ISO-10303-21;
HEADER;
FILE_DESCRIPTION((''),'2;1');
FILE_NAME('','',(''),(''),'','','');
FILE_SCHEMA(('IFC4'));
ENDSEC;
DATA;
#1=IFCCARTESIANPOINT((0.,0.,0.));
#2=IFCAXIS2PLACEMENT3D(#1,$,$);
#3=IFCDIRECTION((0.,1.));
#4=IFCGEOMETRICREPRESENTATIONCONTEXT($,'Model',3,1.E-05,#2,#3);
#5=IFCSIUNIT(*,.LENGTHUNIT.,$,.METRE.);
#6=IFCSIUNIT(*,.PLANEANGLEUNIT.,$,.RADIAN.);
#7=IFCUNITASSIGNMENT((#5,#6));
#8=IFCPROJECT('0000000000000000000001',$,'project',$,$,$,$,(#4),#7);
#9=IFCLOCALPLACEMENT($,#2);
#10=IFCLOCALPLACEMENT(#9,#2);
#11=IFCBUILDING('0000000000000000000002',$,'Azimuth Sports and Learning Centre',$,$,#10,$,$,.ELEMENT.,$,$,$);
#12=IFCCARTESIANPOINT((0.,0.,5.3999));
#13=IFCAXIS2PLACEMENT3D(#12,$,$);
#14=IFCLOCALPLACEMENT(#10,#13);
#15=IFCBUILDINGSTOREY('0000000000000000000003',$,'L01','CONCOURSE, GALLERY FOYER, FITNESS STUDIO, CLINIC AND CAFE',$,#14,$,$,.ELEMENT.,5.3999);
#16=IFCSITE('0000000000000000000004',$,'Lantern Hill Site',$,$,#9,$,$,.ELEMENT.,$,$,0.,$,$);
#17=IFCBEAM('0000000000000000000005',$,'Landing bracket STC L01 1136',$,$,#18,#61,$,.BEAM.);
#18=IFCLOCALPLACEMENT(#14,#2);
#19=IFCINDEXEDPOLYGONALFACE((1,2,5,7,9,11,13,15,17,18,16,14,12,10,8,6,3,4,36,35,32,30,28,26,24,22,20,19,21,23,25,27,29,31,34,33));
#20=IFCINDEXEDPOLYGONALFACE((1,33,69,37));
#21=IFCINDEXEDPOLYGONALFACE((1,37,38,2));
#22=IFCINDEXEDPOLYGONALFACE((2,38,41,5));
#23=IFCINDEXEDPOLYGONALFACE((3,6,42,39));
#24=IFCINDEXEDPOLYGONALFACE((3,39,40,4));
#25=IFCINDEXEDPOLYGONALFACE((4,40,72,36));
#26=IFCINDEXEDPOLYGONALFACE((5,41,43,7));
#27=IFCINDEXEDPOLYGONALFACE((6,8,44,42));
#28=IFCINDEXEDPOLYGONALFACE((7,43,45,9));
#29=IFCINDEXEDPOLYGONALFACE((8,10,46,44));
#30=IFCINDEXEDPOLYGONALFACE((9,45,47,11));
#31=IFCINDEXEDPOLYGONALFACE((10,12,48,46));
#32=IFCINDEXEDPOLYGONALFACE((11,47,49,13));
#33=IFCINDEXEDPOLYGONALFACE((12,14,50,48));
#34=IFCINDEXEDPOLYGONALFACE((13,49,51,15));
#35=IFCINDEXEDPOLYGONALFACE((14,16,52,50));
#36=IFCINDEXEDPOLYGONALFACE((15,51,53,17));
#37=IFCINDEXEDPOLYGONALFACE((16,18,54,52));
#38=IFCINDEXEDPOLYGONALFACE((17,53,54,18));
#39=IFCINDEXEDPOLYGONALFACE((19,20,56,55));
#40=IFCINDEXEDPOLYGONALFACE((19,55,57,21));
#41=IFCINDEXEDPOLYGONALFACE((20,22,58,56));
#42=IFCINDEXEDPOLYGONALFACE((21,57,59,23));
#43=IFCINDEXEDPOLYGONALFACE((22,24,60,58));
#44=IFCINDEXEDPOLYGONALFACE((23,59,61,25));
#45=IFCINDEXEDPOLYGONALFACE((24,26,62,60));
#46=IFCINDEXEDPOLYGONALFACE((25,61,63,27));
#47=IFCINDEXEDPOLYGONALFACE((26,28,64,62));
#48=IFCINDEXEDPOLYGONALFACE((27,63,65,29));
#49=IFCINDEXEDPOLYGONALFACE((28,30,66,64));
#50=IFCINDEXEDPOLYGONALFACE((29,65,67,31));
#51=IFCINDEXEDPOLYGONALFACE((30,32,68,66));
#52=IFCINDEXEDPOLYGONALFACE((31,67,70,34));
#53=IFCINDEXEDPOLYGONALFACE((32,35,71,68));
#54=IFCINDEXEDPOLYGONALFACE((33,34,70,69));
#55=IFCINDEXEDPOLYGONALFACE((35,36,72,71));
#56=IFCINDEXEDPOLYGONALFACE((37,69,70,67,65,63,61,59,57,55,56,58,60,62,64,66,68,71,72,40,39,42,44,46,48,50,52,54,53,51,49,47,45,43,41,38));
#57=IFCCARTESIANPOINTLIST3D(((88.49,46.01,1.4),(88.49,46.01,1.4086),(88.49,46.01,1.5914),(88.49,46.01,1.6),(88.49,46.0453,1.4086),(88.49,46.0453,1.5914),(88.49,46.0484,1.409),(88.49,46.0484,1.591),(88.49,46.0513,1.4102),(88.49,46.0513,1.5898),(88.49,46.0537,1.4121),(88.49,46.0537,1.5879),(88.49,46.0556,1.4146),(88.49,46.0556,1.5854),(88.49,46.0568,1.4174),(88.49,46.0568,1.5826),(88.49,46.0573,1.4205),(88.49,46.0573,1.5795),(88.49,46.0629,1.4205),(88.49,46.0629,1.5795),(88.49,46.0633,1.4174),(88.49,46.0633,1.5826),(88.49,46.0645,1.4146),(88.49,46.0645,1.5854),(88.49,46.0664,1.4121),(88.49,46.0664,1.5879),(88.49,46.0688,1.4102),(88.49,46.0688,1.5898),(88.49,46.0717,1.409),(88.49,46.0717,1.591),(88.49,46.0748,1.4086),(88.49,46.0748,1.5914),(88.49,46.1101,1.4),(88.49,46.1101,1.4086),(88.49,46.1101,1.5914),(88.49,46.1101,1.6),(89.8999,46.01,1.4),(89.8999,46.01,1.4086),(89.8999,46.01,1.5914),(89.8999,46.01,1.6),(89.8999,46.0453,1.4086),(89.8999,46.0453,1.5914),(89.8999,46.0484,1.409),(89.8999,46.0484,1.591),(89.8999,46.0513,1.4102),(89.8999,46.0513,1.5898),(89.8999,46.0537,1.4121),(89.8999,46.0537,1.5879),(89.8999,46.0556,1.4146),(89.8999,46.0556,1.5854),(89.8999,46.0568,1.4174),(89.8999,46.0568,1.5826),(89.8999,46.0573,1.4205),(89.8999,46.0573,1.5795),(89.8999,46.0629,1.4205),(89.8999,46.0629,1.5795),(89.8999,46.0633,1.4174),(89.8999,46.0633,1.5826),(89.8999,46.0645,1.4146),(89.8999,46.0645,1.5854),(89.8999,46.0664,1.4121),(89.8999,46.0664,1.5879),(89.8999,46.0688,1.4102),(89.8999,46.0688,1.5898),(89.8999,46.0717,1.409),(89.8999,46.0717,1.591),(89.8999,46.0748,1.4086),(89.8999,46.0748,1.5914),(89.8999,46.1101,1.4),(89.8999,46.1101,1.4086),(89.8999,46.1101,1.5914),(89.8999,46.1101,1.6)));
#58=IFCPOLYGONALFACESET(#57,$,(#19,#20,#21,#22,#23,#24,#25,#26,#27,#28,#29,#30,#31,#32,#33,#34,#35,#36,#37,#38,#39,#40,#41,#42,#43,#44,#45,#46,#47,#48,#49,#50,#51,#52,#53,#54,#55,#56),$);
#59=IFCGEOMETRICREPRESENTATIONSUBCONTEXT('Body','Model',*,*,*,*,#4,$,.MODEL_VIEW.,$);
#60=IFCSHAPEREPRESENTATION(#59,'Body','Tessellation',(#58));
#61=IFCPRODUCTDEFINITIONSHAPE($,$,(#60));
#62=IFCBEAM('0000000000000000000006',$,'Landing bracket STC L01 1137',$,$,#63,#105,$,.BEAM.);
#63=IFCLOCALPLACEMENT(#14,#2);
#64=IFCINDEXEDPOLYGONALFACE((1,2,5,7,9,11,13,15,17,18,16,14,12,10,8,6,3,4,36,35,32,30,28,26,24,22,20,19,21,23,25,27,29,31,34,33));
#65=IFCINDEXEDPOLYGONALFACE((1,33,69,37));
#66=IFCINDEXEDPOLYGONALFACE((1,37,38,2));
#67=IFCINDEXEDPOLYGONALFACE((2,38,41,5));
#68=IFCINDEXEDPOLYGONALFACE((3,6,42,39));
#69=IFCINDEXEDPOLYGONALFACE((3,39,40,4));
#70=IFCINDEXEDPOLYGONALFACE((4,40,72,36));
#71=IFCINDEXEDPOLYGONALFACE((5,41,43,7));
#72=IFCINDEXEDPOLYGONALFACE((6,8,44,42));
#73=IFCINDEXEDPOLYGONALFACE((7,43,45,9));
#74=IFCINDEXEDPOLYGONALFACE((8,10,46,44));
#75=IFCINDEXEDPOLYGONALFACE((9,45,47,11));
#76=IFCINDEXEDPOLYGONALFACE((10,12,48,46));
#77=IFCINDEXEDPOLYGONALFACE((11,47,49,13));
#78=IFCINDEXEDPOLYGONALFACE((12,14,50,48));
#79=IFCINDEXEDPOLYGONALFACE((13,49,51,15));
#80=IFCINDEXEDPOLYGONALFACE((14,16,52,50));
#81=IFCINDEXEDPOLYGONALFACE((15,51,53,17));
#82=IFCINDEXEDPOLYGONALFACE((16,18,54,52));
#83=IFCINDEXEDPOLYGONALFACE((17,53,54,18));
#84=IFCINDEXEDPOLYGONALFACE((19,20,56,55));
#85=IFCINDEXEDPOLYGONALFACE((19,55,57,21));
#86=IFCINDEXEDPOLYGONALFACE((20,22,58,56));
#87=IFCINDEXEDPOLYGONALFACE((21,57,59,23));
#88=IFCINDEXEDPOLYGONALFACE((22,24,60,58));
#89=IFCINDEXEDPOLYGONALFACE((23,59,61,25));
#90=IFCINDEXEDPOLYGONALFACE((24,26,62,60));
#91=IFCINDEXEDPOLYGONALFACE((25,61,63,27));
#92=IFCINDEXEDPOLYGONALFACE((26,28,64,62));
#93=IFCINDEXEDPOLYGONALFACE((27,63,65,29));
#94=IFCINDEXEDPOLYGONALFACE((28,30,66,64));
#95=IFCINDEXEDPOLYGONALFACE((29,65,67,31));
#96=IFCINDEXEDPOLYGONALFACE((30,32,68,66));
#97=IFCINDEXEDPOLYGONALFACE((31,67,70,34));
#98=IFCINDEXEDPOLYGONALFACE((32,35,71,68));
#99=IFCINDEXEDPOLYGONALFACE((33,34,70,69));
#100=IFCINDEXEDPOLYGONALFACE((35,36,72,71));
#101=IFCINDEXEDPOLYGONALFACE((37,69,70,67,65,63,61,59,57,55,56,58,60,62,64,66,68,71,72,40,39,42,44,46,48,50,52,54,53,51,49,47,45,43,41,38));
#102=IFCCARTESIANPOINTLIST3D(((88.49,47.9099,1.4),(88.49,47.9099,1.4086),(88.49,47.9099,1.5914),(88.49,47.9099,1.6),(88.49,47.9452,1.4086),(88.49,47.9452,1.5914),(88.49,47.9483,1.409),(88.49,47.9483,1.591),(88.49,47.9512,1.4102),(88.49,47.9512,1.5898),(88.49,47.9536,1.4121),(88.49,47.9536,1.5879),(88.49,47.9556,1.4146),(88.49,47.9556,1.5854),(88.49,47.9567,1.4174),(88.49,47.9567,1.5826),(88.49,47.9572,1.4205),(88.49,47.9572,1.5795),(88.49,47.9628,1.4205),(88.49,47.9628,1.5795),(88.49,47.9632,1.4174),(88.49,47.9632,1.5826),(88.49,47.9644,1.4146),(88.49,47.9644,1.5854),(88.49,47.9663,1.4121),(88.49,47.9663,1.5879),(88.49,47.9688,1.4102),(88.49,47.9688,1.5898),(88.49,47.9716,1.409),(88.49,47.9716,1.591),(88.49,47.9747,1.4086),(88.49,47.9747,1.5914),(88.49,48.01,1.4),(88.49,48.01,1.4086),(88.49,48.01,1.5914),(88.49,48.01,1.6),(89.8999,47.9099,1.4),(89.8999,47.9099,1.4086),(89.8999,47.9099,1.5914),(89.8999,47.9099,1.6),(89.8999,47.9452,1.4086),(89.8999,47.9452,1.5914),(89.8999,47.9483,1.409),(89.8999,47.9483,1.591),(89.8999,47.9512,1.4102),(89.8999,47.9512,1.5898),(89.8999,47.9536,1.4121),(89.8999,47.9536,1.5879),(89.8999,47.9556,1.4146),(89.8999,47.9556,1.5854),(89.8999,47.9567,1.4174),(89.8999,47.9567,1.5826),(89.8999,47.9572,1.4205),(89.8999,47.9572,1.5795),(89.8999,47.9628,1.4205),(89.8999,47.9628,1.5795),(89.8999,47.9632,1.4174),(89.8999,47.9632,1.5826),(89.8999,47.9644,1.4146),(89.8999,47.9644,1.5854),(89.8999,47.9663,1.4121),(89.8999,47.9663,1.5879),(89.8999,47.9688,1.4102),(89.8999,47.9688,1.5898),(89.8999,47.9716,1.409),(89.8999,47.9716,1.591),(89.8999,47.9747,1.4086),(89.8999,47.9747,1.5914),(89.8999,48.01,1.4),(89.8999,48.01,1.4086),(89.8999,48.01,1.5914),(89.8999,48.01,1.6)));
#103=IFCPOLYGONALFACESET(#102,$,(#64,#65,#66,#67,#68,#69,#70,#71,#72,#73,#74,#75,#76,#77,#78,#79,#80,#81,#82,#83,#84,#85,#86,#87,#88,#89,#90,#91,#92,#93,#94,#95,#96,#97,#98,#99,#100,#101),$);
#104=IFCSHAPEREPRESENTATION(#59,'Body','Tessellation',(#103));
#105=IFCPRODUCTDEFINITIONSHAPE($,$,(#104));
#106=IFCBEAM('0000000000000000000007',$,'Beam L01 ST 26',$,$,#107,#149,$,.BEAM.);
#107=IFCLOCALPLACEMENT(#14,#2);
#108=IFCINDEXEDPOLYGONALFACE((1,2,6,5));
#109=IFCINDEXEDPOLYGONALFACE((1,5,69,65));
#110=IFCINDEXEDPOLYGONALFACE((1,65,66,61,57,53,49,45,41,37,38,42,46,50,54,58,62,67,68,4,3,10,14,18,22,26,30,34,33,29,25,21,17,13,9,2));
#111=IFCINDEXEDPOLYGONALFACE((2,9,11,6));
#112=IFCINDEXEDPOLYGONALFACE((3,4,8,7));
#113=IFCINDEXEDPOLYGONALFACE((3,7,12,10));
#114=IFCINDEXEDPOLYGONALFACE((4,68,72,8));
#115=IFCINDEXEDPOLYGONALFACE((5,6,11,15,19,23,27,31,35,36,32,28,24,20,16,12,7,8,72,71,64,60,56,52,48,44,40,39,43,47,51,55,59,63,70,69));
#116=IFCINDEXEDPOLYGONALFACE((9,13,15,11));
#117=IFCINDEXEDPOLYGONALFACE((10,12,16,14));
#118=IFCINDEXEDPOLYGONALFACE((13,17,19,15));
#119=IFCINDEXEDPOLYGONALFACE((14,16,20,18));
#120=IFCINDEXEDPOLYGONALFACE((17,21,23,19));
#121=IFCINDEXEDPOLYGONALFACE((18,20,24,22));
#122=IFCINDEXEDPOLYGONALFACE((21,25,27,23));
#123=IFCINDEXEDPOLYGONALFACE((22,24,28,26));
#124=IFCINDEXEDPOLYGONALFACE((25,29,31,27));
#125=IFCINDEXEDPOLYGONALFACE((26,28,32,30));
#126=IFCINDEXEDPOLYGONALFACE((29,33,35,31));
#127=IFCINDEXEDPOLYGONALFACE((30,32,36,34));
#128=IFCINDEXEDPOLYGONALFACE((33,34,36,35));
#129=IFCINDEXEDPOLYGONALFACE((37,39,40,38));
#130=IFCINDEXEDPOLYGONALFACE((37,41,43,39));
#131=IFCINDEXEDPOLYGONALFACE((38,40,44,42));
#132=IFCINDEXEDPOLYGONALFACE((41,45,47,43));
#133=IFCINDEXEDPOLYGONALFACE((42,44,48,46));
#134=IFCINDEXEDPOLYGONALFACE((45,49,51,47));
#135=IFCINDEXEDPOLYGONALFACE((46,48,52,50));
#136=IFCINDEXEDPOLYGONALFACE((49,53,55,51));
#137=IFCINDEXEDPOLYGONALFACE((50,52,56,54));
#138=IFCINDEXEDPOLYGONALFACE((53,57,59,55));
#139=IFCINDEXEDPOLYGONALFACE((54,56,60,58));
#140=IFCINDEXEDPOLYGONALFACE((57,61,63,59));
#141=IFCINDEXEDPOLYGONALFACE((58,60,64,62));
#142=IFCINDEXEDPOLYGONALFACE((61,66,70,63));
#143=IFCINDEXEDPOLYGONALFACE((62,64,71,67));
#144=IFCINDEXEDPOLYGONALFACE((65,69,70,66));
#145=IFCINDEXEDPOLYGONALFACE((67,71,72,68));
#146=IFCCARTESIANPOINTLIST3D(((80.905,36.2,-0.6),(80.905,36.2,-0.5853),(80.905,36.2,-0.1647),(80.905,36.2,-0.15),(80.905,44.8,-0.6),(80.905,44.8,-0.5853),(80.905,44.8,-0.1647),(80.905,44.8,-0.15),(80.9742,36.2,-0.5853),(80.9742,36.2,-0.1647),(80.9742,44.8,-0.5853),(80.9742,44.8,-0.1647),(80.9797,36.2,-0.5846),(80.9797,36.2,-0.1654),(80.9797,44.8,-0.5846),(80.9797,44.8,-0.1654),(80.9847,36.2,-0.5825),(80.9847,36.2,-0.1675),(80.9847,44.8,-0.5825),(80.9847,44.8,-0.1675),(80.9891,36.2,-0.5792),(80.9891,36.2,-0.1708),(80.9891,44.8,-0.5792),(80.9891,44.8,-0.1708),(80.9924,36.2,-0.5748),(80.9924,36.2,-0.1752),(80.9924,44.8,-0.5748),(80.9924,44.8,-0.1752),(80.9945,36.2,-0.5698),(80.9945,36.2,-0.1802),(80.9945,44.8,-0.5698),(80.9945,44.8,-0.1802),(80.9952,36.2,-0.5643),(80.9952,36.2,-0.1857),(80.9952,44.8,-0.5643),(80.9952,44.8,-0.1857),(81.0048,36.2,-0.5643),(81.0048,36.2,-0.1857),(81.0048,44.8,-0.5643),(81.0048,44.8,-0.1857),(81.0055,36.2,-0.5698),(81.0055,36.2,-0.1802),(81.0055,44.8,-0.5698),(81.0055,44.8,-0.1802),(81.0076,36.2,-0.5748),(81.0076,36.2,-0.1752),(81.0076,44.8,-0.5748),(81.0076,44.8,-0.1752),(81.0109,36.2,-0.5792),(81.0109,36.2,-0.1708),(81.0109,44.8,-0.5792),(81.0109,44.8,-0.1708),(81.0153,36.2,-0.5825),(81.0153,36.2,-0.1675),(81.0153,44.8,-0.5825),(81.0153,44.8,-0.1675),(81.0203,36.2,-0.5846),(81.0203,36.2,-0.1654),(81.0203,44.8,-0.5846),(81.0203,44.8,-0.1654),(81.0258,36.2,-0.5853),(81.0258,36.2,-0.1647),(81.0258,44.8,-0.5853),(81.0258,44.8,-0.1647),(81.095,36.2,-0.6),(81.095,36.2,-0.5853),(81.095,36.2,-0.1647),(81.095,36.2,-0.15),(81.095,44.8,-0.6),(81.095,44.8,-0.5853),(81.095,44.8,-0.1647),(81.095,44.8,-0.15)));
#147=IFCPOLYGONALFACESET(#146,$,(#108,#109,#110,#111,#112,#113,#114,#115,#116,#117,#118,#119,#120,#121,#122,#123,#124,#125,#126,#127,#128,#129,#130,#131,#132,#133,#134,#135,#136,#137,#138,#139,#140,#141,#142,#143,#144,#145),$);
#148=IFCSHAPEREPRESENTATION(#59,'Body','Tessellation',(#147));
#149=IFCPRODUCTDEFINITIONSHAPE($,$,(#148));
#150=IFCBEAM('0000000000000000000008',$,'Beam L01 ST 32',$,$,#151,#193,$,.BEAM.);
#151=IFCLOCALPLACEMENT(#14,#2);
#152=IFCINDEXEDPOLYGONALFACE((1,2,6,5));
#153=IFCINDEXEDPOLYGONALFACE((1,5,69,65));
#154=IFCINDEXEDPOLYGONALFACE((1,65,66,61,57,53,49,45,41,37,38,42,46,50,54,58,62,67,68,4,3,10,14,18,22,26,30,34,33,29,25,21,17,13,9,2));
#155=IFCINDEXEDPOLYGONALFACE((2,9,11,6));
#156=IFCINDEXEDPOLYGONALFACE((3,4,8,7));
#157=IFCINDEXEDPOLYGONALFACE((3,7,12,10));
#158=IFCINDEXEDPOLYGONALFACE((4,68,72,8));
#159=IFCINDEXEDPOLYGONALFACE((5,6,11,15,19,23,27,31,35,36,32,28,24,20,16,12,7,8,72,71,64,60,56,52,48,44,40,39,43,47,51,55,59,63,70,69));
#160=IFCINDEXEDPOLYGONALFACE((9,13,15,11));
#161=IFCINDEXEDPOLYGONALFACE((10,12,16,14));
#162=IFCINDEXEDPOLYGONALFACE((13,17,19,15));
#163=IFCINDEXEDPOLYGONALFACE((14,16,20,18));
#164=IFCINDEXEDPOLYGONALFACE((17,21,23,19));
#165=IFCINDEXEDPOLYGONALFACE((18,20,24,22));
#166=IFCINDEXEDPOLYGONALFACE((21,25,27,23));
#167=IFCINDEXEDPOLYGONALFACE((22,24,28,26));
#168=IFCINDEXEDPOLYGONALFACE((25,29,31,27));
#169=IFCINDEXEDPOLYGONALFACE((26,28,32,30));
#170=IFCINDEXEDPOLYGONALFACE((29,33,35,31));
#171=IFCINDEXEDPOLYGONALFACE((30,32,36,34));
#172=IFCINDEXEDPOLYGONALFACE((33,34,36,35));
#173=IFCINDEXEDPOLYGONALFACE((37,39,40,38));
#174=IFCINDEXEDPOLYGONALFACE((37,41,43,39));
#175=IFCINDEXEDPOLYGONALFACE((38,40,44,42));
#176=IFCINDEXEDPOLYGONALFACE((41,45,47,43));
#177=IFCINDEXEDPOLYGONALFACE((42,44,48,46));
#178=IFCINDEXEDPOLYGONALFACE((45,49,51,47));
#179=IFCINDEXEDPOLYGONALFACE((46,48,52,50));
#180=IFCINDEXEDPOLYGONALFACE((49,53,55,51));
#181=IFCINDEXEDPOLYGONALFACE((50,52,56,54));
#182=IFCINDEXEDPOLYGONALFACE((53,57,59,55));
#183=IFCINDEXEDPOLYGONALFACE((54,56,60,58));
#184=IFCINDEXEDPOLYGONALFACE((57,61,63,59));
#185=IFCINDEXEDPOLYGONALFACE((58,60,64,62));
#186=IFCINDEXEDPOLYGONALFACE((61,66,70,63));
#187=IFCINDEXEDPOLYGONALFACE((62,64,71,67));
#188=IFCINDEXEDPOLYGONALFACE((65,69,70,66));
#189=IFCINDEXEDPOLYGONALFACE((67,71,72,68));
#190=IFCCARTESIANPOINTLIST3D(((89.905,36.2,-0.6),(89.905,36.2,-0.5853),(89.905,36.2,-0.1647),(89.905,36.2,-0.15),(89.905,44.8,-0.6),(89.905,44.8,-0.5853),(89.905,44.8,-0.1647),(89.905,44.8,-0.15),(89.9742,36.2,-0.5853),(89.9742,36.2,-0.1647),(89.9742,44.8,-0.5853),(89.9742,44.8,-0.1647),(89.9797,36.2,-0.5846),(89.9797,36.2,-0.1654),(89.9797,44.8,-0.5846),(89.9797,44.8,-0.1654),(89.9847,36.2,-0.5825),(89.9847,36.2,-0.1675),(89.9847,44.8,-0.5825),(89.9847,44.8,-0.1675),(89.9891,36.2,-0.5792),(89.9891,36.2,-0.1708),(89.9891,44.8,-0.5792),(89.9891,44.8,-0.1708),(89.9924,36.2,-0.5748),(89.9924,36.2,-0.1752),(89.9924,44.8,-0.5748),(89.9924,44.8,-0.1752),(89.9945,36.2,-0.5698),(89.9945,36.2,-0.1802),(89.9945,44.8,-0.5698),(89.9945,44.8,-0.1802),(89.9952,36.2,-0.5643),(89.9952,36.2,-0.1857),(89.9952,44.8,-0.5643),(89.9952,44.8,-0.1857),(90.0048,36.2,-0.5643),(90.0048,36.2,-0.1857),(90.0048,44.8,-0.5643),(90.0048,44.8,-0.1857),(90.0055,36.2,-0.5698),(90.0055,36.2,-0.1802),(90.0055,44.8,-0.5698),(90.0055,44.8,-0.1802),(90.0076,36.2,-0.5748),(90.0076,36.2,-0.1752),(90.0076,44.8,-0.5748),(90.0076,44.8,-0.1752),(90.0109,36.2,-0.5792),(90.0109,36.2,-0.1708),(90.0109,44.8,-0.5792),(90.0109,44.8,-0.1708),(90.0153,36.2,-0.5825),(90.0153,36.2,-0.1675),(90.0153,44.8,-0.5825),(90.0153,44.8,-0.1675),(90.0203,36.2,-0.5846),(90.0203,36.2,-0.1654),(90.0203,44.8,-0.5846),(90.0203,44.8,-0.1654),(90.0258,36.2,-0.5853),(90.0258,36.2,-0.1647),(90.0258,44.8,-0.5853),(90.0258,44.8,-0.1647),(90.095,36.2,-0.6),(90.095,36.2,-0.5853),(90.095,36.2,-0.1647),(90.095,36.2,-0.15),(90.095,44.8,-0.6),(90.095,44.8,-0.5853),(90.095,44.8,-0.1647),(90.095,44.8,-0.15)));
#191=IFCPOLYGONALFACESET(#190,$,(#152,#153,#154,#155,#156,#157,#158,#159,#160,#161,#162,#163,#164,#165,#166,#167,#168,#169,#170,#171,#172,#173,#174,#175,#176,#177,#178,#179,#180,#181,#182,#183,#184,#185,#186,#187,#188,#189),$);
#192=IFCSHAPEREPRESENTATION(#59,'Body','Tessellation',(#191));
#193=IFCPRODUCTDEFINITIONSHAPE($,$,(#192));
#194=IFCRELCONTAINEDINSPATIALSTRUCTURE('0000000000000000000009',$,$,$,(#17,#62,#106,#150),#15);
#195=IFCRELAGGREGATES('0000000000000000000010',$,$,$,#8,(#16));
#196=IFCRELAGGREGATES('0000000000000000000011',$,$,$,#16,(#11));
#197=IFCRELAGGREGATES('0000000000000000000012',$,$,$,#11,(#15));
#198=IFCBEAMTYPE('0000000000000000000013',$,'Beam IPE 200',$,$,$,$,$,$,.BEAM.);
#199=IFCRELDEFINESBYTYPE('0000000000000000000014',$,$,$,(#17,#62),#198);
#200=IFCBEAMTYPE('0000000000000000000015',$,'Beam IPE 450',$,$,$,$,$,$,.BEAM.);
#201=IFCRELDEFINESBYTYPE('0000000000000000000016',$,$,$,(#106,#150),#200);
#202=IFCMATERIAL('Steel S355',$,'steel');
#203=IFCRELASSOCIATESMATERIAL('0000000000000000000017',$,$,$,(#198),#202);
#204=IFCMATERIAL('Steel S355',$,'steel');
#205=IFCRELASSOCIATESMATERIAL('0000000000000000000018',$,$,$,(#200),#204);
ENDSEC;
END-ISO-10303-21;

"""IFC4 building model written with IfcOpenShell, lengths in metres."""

from ifc_helpers import new_model, si_unit, direction, frame, origin, origin_2d, place, context, subcontext, project, spatial, i_section, extrude, material, material_profile, profile_set, type_object, element, save


model = new_model("IFC4")

# Units and contexts
model_context = context("Model", 3, precision=1e-05, world=origin(), true_north=direction((0.0, 1.0)))
body_context = subcontext(model_context, "Body", "Model", "MODEL_VIEW")
ifc_project = project(units=[si_unit("LENGTHUNIT", "METRE"), si_unit("PLANEANGLEUNIT", "RADIAN")], contexts=[model_context])

# Site, building, storey
site_placement = place(None, origin())
site = spatial("IfcSite", under=ifc_project, at=site_placement, Name="Lantern Hill Site", CompositionType="ELEMENT", RefElevation=0.0)
building_placement = place(site_placement, origin())
building = spatial("IfcBuilding", under=site, at=building_placement, Name="Azimuth Sports and Learning Centre", CompositionType="ELEMENT")
storey_placement = place(building_placement, frame((0.0, 0.0, 5.3999)))
storey = spatial("IfcBuildingStorey", under=building, at=storey_placement, Name="L01", Description="CONCOURSE, GALLERY FOYER, FITNESS STUDIO, CLINIC AND CAFE", CompositionType="ELEMENT", Elevation=5.3999)

# Beams
ifc_material_1 = material(Name="Steel S355", Category="steel")
ifc_material_profile_1 = material_profile(ifc_material_1, i_section(OverallWidth=0.1001, OverallDepth=0.2, WebThickness=0.0056, FlangeThickness=0.0085, FilletRadius=0.012, at=origin_2d()), Name="IPE 200")
ifc_profile_set_1 = profile_set([ifc_material_profile_1], Name="Steel S355")
beam_type_1 = type_object("IfcBeamType", Name="Beam IPE 200", PredefinedType="BEAM", material=ifc_profile_set_1)
for number, where, z_axis, x_axis, name in (
    (1, (89.8999, 46.0601, 1.5), (-1.0, 0.0, 0.0), (0.0, -1.0, 0.0), "Landing bracket STC L01 1136"),
    (2, (89.8999, 47.96, 1.5), (-1.0, 0.0, 0.0), (0.0, -1.0, 0.0), "Landing bracket STC L01 1137"),
):
    element("IfcBeam", number, at=place(storey_placement, frame(where, z_axis=z_axis, x_axis=x_axis)), inside=storey, type_object=beam_type_1, Name=name, PredefinedType="BEAM", context=body_context, shape_type="SweptSolid", body=[
        extrude(i_section(OverallWidth=0.1001, OverallDepth=0.2, WebThickness=0.0056, FlangeThickness=0.0085, FilletRadius=0.012, at=origin_2d()), origin(), (0.0, 0.0, 1.0), 1.4099),
    ])
ifc_material_2 = material(Name="Steel S355", Category="steel")
ifc_material_profile_2 = material_profile(ifc_material_2, i_section(OverallWidth=0.1899, OverallDepth=0.45, WebThickness=0.0095, FlangeThickness=0.0146, FilletRadius=0.021, at=origin_2d()), Name="IPE 450")
ifc_profile_set_2 = profile_set([ifc_material_profile_2], Name="Steel S355")
beam_type_2 = type_object("IfcBeamType", Name="Beam IPE 450", PredefinedType="BEAM", material=ifc_profile_set_2)
for number, where, z_axis, x_axis, name in (
    (3, (81.0, 36.2, -0.375), (0.0, 1.0, 0.0), (-1.0, 0.0, 0.0), "Beam L01 ST 26"),
    (4, (90.0, 36.2, -0.375), (0.0, 1.0, 0.0), (-1.0, 0.0, 0.0), "Beam L01 ST 32"),
):
    element("IfcBeam", number, at=place(storey_placement, frame(where, z_axis=z_axis, x_axis=x_axis)), inside=storey, type_object=beam_type_2, Name=name, PredefinedType="BEAM", context=body_context, shape_type="SweptSolid", body=[
        extrude(i_section(OverallWidth=0.1899, OverallDepth=0.45, WebThickness=0.0095, FlangeThickness=0.0146, FilletRadius=0.021, at=origin_2d()), origin(), (0.0, 0.0, 1.0), 8.6001),
    ])

save(model, "model.ifc")
